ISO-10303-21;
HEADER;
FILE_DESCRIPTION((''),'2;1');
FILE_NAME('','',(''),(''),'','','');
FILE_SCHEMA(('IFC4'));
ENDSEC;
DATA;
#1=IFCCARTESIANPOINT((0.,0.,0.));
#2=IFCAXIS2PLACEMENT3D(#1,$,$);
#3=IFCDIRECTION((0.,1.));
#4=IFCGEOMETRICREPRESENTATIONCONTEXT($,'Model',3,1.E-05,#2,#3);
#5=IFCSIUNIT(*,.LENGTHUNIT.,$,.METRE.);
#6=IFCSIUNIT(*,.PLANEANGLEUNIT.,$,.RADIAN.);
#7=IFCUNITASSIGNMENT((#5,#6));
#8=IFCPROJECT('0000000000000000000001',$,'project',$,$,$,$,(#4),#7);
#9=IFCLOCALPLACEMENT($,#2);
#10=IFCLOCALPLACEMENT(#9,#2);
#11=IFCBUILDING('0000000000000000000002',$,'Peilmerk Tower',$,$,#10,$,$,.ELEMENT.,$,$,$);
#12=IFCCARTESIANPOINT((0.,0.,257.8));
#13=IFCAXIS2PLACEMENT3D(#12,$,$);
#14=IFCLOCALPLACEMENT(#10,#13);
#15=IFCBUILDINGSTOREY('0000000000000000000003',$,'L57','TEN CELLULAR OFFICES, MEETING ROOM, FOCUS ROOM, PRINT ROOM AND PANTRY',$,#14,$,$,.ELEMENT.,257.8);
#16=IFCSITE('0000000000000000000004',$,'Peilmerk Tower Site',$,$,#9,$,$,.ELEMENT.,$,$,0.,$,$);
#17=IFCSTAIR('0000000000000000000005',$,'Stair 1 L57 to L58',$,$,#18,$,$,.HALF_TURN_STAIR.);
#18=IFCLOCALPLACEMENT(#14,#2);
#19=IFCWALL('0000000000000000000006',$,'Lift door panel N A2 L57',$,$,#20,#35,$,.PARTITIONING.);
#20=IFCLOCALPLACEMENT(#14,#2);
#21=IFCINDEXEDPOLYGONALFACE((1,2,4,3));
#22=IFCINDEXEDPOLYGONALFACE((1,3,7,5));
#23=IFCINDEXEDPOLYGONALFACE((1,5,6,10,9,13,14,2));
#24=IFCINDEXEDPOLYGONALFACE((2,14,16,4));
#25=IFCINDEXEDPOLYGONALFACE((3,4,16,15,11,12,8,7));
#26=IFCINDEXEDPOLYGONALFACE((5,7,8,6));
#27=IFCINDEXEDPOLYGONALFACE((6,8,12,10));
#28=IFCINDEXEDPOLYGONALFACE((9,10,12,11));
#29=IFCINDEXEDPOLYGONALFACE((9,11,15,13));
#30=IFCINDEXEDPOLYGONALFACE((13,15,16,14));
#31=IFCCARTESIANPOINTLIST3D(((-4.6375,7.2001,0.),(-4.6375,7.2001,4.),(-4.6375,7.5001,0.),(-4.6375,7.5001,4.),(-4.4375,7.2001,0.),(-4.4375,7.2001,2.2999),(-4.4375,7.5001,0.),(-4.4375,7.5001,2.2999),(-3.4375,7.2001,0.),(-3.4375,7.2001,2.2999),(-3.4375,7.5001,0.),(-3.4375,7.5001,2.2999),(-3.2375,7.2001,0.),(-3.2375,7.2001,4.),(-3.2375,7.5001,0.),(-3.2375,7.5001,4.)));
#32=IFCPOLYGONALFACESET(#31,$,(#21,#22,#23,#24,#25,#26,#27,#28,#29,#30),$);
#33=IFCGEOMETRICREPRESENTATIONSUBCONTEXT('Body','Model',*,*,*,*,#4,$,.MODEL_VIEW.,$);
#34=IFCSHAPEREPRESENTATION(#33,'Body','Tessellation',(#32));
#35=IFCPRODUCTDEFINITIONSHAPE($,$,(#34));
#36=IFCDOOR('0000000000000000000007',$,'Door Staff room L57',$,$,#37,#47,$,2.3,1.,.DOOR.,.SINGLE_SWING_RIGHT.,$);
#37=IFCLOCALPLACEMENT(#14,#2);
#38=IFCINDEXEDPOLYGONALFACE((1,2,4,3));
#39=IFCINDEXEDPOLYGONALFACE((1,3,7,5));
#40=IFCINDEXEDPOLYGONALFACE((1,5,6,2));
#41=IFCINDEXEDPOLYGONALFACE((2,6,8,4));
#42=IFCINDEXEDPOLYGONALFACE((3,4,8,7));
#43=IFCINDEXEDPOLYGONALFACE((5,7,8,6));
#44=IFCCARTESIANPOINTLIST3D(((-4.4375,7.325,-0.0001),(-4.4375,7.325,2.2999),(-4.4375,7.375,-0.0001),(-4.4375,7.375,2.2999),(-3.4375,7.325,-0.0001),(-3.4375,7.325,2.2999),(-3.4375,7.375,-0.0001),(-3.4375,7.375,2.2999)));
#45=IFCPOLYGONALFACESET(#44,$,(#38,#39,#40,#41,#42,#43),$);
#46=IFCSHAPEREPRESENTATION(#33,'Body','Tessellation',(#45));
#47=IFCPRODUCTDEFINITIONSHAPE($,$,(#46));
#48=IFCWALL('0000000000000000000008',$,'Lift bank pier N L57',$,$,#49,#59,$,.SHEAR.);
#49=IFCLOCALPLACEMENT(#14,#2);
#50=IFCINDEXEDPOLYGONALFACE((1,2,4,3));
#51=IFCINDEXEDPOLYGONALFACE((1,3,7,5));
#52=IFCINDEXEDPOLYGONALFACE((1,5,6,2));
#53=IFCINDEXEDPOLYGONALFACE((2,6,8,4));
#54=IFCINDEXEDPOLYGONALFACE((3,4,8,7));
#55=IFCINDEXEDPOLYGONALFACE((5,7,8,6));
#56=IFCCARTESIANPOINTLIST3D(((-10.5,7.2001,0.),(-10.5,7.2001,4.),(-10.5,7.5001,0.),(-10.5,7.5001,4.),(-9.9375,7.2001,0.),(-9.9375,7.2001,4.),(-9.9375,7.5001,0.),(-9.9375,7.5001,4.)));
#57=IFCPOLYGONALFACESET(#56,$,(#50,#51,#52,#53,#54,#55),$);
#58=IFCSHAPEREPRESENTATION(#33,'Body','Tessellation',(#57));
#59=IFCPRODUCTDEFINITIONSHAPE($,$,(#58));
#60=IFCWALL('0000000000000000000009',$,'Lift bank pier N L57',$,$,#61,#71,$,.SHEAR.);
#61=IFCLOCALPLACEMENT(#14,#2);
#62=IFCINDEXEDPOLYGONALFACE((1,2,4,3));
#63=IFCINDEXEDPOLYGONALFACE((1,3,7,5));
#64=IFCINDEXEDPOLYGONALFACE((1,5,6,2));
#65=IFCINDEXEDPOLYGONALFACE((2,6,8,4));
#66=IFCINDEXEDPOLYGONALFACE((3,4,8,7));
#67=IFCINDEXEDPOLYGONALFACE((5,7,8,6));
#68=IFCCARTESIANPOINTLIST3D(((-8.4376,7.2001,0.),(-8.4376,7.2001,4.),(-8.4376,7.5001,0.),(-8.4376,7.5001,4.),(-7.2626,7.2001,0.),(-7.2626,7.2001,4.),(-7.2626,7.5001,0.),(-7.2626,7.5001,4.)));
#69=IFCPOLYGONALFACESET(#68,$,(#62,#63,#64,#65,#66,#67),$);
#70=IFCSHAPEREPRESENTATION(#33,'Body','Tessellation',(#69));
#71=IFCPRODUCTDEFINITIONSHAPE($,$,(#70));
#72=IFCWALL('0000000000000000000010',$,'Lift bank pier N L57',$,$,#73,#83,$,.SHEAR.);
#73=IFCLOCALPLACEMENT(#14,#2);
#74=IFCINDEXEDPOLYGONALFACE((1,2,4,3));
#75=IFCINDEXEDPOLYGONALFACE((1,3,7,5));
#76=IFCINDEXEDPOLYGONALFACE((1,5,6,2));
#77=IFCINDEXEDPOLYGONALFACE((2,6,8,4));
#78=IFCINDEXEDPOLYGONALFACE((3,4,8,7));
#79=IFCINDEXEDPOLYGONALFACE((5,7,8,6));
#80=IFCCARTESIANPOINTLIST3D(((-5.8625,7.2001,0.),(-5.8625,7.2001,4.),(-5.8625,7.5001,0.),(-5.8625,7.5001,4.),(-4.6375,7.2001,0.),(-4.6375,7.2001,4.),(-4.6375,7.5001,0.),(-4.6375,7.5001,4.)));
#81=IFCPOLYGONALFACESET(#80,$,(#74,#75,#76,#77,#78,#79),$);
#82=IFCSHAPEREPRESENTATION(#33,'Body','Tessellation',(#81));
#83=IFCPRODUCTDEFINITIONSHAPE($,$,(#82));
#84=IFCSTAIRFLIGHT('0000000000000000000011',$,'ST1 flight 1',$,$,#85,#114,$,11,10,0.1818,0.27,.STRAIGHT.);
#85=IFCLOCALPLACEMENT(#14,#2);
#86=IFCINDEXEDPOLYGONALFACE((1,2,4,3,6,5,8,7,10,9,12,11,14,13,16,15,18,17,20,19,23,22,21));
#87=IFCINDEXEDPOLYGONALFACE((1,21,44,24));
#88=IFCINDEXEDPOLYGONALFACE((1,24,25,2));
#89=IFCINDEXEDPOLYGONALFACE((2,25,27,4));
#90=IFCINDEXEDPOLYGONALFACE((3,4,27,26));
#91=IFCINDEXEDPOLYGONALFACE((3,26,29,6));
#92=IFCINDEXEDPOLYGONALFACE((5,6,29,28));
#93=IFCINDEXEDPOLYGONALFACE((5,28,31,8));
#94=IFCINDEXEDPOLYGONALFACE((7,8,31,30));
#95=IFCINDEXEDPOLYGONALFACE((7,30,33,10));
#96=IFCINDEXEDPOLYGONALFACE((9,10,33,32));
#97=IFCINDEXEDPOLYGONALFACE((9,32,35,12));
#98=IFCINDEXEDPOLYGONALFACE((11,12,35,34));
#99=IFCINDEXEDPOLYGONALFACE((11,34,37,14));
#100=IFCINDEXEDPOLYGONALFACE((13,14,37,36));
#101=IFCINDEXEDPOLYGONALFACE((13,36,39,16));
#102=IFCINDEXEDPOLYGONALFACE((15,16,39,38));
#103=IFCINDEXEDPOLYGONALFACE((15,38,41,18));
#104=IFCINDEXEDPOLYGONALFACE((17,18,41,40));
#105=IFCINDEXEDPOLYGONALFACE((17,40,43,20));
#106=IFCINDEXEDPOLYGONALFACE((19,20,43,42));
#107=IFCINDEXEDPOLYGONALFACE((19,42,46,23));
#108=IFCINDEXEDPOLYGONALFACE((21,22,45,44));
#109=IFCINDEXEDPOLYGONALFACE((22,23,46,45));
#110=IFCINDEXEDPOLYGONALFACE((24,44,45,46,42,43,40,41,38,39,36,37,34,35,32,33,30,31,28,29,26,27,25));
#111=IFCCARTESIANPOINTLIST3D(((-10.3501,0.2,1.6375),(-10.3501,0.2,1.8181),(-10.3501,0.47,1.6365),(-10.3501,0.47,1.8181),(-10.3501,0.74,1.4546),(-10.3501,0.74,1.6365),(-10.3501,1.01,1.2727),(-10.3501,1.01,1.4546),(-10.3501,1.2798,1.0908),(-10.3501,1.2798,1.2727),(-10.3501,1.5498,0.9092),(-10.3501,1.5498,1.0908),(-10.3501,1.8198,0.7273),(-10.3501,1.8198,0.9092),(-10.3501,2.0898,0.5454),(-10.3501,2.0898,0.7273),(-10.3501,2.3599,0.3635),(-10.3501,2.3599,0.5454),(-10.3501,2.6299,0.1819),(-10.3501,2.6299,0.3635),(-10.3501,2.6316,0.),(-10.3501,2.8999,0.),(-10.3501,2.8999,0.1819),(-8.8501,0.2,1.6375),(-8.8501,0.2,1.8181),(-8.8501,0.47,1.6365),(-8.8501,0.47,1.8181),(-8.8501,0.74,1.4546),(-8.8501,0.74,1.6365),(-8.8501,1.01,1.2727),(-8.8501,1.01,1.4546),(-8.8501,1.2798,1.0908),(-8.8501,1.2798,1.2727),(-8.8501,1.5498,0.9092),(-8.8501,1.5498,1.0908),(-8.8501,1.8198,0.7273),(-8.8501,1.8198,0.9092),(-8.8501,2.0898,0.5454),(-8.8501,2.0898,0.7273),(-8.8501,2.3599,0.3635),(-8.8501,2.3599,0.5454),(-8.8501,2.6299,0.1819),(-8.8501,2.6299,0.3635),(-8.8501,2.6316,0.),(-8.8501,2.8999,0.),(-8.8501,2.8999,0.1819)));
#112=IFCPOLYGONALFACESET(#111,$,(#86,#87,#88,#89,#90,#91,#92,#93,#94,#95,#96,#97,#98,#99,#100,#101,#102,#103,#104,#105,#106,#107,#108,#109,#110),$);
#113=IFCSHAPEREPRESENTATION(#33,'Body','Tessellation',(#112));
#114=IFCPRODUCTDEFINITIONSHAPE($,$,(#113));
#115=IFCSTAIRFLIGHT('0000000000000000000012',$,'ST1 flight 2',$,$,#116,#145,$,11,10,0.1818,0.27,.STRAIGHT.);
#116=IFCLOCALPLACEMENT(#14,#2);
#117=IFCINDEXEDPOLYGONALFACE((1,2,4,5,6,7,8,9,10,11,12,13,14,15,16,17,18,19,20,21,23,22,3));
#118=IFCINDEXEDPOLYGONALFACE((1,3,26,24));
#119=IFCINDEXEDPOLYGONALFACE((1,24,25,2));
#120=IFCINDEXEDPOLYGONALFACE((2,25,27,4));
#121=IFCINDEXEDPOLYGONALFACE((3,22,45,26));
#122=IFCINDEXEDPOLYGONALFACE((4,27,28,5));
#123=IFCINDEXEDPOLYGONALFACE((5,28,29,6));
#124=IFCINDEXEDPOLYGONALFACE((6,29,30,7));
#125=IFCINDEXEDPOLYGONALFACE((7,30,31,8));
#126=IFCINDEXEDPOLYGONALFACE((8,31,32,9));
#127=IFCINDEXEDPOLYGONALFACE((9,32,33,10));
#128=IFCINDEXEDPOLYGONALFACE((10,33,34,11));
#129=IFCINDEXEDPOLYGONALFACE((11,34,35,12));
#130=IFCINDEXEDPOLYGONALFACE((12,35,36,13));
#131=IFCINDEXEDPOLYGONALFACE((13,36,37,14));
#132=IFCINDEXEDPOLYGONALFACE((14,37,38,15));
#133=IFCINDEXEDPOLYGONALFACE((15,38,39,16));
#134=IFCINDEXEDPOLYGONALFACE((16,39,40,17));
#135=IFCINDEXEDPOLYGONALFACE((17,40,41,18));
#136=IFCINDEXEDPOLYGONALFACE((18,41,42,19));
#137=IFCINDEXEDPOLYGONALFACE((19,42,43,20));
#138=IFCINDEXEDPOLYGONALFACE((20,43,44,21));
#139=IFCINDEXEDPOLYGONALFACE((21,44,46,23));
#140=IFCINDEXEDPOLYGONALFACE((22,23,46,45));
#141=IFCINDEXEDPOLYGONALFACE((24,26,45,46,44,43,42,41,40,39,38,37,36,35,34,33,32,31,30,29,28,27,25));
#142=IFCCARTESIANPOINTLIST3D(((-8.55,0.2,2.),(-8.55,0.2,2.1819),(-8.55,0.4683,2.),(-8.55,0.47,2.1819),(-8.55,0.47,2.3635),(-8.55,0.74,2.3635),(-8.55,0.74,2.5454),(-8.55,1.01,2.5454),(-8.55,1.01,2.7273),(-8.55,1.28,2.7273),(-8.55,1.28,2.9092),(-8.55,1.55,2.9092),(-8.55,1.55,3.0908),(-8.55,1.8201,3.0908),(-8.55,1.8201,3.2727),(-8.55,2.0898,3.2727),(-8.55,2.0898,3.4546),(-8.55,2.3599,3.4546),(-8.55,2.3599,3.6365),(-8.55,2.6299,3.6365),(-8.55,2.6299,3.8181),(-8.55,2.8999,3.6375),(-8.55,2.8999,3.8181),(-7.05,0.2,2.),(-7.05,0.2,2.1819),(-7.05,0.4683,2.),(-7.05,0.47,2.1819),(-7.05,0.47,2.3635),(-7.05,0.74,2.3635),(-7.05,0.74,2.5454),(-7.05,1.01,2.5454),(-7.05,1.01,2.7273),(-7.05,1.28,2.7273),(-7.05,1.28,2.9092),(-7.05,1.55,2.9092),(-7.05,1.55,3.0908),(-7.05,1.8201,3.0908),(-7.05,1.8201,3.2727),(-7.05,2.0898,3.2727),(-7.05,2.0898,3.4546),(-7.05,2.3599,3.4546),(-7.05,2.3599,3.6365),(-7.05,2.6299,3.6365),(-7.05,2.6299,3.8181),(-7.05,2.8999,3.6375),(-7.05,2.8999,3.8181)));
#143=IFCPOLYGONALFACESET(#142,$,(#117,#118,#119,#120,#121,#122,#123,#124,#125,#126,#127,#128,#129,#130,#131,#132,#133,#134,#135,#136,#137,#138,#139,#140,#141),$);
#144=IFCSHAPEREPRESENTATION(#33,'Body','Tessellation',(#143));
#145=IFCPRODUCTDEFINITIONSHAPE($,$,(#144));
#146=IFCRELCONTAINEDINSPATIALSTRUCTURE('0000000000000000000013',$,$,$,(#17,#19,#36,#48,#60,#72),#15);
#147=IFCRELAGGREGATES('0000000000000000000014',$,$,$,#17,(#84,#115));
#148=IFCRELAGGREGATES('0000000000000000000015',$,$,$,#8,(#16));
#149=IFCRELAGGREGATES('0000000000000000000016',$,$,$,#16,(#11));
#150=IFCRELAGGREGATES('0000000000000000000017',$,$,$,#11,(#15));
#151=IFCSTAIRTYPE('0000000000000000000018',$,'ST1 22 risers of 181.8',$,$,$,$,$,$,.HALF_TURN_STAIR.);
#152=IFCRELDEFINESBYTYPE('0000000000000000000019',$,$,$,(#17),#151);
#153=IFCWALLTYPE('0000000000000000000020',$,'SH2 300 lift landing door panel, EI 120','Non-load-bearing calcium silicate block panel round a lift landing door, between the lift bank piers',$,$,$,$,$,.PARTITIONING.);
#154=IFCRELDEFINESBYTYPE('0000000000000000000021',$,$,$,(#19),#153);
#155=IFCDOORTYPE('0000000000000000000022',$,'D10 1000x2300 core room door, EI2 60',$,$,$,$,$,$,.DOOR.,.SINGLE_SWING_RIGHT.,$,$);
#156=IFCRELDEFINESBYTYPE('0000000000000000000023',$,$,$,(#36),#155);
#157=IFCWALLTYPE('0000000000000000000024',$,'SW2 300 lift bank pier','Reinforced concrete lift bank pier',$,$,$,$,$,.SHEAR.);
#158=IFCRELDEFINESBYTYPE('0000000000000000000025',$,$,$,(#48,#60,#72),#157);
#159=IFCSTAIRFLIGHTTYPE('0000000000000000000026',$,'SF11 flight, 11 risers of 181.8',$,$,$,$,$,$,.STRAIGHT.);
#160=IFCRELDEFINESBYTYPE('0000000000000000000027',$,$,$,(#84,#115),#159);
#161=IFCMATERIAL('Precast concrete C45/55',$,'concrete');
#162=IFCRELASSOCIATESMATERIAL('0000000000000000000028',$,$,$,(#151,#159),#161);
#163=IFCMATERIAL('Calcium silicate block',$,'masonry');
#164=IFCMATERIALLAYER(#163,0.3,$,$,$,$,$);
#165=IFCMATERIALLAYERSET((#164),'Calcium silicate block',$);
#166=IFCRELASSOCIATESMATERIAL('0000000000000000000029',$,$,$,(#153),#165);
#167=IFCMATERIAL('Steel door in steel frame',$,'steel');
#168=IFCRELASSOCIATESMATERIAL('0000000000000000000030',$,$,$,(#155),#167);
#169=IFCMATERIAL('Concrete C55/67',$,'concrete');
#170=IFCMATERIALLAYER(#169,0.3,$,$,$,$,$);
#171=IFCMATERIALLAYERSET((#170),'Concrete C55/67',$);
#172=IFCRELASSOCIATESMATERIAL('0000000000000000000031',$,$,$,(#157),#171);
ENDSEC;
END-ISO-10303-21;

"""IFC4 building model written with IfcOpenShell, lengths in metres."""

from ifc_helpers import new_model, si_unit, direction, frame, frame_2d, origin, place, context, subcontext, project, spatial, polyline, rectangle, outline, extrude, material, layer, layer_set, type_object, element, fill, aggregate, save


model = new_model("IFC4")

# Units and contexts
model_context = context("Model", 3, precision=1e-05, world=origin(), true_north=direction((0.0, 1.0)))
body_context = subcontext(model_context, "Body", "Model", "MODEL_VIEW")
ifc_project = project(units=[si_unit("LENGTHUNIT", "METRE"), si_unit("PLANEANGLEUNIT", "RADIAN")], contexts=[model_context])

# Site, building, storey
site_placement = place(None, origin())
site = spatial("IfcSite", under=ifc_project, at=site_placement, Name="Peilmerk Tower Site", CompositionType="ELEMENT", RefElevation=0.0)
building_placement = place(site_placement, origin())
building = spatial("IfcBuilding", under=site, at=building_placement, Name="Peilmerk Tower", CompositionType="ELEMENT")
storey_placement = place(building_placement, frame((0.0, 0.0, 257.8)))
storey = spatial("IfcBuildingStorey", under=building, at=storey_placement, Name="L57", Description="TEN CELLULAR OFFICES, MEETING ROOM, FOCUS ROOM, PRINT ROOM AND PANTRY", CompositionType="ELEMENT", Elevation=257.8)

# Shared definitions
ifc_material_1 = material(Name="Concrete C55/67", Category="concrete")

# Stair
ifc_material_2 = material(Name="Precast concrete C45/55", Category="concrete")
stair_type = type_object("IfcStairType", Name="ST1 22 risers of 181.8", PredefinedType="HALF_TURN_STAIR", material=ifc_material_2)
stair_placement = place(storey_placement, origin())
stair = element("IfcStair", 1, at=stair_placement, inside=storey, type_object=stair_type, Name="Stair 1 L57 to L58", PredefinedType="HALF_TURN_STAIR")

# Shared definitions
ifc_material_3 = material(Name="Steel door in steel frame", Category="steel")

# Shared definitions
ifc_material_4 = material(Name="Calcium silicate block", Category="masonry")
ifc_layer_1 = layer(ifc_material_4, 0.3)
ifc_layer_set_1 = layer_set([ifc_layer_1], Name="Calcium silicate block")
wall_type_1 = type_object("IfcWallType", Name="SH2 300 lift landing door panel, EI 120", Description="Non-load-bearing calcium silicate block panel round a lift landing door, between the lift bank piers", PredefinedType="PARTITIONING", material=ifc_layer_set_1)

# Wall, opening, door
wall_1_placement = place(storey_placement, frame((-4.6375, 7.3501, 0.0), z_axis=(0.0, 0.0, 1.0), x_axis=(1.0, 0.0, 0.0)))
wall_1 = element("IfcWall", 2, at=wall_1_placement, inside=storey, type_object=wall_type_1, Name="Lift door panel N A2 L57", PredefinedType="PARTITIONING", context=body_context, shape_type="SweptSolid", body=[
    extrude(rectangle(XDim=1.3999, YDim=0.3, at=frame_2d((0.7, 0.0))), origin(), (0.0, 0.0, 1.0), 4.0),
])
opening_1_placement = place(wall_1_placement, frame((0.2, 0.0, 0.0)))
opening_1 = element("IfcOpeningElement", 3, at=opening_1_placement, cuts=wall_1, PredefinedType="OPENING", context=body_context, shape_type="SweptSolid", body=[
    extrude(rectangle(XDim=1.0, YDim=2.3, at=frame_2d((0.5, 1.1499))), frame((0.0, 0.1599, 0.0), z_axis=(0.0, -1.0, 0.0), x_axis=(1.0, 0.0, 0.0)), (0.0, 0.0, 1.0), 0.3201),
])
door_type_1 = type_object("IfcDoorType", Name="D10 1000x2300 core room door, EI2 60", OperationType="SINGLE_SWING_RIGHT", PredefinedType="DOOR", material=ifc_material_3)
door_1_placement = place(opening_1_placement, origin())
door_1 = element("IfcDoor", 4, at=door_1_placement, inside=storey, type_object=door_type_1, Name="Door Staff room L57", OperationType="SINGLE_SWING_RIGHT", OverallHeight=2.3, OverallWidth=1.0, PredefinedType="DOOR", context=body_context, shape_type="SweptSolid", body=[
    extrude(rectangle(XDim=1.0, YDim=2.3, at=frame_2d((0.5, 1.1499))), frame((0.0, 0.0249, 0.0), z_axis=(0.0, -1.0, 0.0), x_axis=(1.0, 0.0, 0.0)), (0.0, 0.0, 1.0), 0.05),
])
fill(opening_1, door_1)

# Walls
ifc_layer_2 = layer(ifc_material_1, 0.3)
ifc_layer_set_2 = layer_set([ifc_layer_2], Name="Concrete C55/67")
wall_type_2 = type_object("IfcWallType", Name="SW2 300 lift bank pier", Description="Reinforced concrete lift bank pier", PredefinedType="SHEAR", material=ifc_layer_set_2)
wall_2_placement = place(storey_placement, frame((-10.5, 7.3501, 0.0), z_axis=(0.0, 0.0, 1.0), x_axis=(1.0, 0.0, 0.0)))
element("IfcWall", 5, at=wall_2_placement, inside=storey, type_object=wall_type_2, Name="Lift bank pier N L57", PredefinedType="SHEAR", context=body_context, shape_type="SweptSolid", body=[
    extrude(rectangle(XDim=0.5625, YDim=0.3, at=frame_2d((0.2812, 0.0))), origin(), (0.0, 0.0, 1.0), 4.0),
])
wall_3_placement = place(storey_placement, frame((-8.4375, 7.3501, 0.0), z_axis=(0.0, 0.0, 1.0), x_axis=(1.0, 0.0, 0.0)))
element("IfcWall", 6, at=wall_3_placement, inside=storey, type_object=wall_type_2, Name="Lift bank pier N L57", PredefinedType="SHEAR", context=body_context, shape_type="SweptSolid", body=[
    extrude(rectangle(XDim=1.175, YDim=0.3, at=frame_2d((0.5874, 0.0))), origin(), (0.0, 0.0, 1.0), 4.0),
])
wall_4_placement = place(storey_placement, frame((-5.8625, 7.3501, 0.0), z_axis=(0.0, 0.0, 1.0), x_axis=(1.0, 0.0, 0.0)))
element("IfcWall", 7, at=wall_4_placement, inside=storey, type_object=wall_type_2, Name="Lift bank pier N L57", PredefinedType="SHEAR", context=body_context, shape_type="SweptSolid", body=[
    extrude(rectangle(XDim=1.2251, YDim=0.3, at=frame_2d((0.6125, 0.0))), origin(), (0.0, 0.0, 1.0), 4.0),
])

# Stair flights
stair_flight_type = type_object("IfcStairFlightType", Name="SF11 flight, 11 risers of 181.8", PredefinedType="STRAIGHT", material=ifc_material_2)
stair_flight_1_placement = place(storey_placement, frame((-9.6001, 2.8999, 0.0), z_axis=(0.0, 0.0, 1.0), x_axis=(0.0, -1.0, 0.0)))
stair_flight_1 = element("IfcStairFlight", 8, at=stair_flight_1_placement, type_object=stair_flight_type, Name="ST1 flight 1", NumberOfRisers=11, NumberOfTreads=10, PredefinedType="STRAIGHT", RiserHeight=0.1818, TreadLength=0.27, context=body_context, shape_type="SweptSolid", body=[
    extrude(outline(polyline([(0.0, 0.0), (0.0, 0.1819), (0.27, 0.1819), (0.27, 0.3635), (0.54, 0.3635), (0.54, 0.5454), (0.8101, 0.5454), (0.8101, 0.7273), (1.0801, 0.7273), (1.0801, 0.9092), (1.3501, 0.9092), (1.3501, 1.0908), (1.6201, 1.0908), (1.6201, 1.2727), (1.8899, 1.2727), (1.8899, 1.4546), (2.1599, 1.4546), (2.1599, 1.6365), (2.4299, 1.6365), (2.4299, 1.8181), (2.7, 1.8181), (2.7, 2.0), (2.7, 1.6375), (0.2683, 0.0), (0.0, 0.0)])), frame((0.0, 0.75, 0.0), z_axis=(0.0, -1.0, 0.0), x_axis=(1.0, 0.0, 0.0)), (0.0, 0.0, 1.0), 1.5),
])
stair_flight_2_placement = place(storey_placement, frame((-7.8, 0.2, 2.0), z_axis=(0.0, 0.0, 1.0), x_axis=(0.0, 1.0, 0.0)))
stair_flight_2 = element("IfcStairFlight", 9, at=stair_flight_2_placement, type_object=stair_flight_type, Name="ST1 flight 2", NumberOfRisers=11, NumberOfTreads=10, PredefinedType="STRAIGHT", RiserHeight=0.1818, TreadLength=0.27, context=body_context, shape_type="SweptSolid", body=[
    extrude(outline(polyline([(0.0, 0.0), (0.0, 0.1819), (0.27, 0.1819), (0.27, 0.3635), (0.54, 0.3635), (0.54, 0.5454), (0.8101, 0.5454), (0.8101, 0.7273), (1.0801, 0.7273), (1.0801, 0.9092), (1.3501, 0.9092), (1.3501, 1.0908), (1.6201, 1.0908), (1.6201, 1.2727), (1.8899, 1.2727), (1.8899, 1.4546), (2.1599, 1.4546), (2.1599, 1.6365), (2.4299, 1.6365), (2.4299, 1.8181), (2.7, 1.8181), (2.7, 2.0), (2.7, 1.6375), (0.2683, 0.0), (0.0, 0.0)])), frame((0.0, 0.75, 0.0), z_axis=(0.0, -1.0, 0.0), x_axis=(1.0, 0.0, 0.0)), (0.0, 0.0, 1.0), 1.5),
])
aggregate(stair, [stair_flight_1, stair_flight_2])

save(model, "model.ifc")
